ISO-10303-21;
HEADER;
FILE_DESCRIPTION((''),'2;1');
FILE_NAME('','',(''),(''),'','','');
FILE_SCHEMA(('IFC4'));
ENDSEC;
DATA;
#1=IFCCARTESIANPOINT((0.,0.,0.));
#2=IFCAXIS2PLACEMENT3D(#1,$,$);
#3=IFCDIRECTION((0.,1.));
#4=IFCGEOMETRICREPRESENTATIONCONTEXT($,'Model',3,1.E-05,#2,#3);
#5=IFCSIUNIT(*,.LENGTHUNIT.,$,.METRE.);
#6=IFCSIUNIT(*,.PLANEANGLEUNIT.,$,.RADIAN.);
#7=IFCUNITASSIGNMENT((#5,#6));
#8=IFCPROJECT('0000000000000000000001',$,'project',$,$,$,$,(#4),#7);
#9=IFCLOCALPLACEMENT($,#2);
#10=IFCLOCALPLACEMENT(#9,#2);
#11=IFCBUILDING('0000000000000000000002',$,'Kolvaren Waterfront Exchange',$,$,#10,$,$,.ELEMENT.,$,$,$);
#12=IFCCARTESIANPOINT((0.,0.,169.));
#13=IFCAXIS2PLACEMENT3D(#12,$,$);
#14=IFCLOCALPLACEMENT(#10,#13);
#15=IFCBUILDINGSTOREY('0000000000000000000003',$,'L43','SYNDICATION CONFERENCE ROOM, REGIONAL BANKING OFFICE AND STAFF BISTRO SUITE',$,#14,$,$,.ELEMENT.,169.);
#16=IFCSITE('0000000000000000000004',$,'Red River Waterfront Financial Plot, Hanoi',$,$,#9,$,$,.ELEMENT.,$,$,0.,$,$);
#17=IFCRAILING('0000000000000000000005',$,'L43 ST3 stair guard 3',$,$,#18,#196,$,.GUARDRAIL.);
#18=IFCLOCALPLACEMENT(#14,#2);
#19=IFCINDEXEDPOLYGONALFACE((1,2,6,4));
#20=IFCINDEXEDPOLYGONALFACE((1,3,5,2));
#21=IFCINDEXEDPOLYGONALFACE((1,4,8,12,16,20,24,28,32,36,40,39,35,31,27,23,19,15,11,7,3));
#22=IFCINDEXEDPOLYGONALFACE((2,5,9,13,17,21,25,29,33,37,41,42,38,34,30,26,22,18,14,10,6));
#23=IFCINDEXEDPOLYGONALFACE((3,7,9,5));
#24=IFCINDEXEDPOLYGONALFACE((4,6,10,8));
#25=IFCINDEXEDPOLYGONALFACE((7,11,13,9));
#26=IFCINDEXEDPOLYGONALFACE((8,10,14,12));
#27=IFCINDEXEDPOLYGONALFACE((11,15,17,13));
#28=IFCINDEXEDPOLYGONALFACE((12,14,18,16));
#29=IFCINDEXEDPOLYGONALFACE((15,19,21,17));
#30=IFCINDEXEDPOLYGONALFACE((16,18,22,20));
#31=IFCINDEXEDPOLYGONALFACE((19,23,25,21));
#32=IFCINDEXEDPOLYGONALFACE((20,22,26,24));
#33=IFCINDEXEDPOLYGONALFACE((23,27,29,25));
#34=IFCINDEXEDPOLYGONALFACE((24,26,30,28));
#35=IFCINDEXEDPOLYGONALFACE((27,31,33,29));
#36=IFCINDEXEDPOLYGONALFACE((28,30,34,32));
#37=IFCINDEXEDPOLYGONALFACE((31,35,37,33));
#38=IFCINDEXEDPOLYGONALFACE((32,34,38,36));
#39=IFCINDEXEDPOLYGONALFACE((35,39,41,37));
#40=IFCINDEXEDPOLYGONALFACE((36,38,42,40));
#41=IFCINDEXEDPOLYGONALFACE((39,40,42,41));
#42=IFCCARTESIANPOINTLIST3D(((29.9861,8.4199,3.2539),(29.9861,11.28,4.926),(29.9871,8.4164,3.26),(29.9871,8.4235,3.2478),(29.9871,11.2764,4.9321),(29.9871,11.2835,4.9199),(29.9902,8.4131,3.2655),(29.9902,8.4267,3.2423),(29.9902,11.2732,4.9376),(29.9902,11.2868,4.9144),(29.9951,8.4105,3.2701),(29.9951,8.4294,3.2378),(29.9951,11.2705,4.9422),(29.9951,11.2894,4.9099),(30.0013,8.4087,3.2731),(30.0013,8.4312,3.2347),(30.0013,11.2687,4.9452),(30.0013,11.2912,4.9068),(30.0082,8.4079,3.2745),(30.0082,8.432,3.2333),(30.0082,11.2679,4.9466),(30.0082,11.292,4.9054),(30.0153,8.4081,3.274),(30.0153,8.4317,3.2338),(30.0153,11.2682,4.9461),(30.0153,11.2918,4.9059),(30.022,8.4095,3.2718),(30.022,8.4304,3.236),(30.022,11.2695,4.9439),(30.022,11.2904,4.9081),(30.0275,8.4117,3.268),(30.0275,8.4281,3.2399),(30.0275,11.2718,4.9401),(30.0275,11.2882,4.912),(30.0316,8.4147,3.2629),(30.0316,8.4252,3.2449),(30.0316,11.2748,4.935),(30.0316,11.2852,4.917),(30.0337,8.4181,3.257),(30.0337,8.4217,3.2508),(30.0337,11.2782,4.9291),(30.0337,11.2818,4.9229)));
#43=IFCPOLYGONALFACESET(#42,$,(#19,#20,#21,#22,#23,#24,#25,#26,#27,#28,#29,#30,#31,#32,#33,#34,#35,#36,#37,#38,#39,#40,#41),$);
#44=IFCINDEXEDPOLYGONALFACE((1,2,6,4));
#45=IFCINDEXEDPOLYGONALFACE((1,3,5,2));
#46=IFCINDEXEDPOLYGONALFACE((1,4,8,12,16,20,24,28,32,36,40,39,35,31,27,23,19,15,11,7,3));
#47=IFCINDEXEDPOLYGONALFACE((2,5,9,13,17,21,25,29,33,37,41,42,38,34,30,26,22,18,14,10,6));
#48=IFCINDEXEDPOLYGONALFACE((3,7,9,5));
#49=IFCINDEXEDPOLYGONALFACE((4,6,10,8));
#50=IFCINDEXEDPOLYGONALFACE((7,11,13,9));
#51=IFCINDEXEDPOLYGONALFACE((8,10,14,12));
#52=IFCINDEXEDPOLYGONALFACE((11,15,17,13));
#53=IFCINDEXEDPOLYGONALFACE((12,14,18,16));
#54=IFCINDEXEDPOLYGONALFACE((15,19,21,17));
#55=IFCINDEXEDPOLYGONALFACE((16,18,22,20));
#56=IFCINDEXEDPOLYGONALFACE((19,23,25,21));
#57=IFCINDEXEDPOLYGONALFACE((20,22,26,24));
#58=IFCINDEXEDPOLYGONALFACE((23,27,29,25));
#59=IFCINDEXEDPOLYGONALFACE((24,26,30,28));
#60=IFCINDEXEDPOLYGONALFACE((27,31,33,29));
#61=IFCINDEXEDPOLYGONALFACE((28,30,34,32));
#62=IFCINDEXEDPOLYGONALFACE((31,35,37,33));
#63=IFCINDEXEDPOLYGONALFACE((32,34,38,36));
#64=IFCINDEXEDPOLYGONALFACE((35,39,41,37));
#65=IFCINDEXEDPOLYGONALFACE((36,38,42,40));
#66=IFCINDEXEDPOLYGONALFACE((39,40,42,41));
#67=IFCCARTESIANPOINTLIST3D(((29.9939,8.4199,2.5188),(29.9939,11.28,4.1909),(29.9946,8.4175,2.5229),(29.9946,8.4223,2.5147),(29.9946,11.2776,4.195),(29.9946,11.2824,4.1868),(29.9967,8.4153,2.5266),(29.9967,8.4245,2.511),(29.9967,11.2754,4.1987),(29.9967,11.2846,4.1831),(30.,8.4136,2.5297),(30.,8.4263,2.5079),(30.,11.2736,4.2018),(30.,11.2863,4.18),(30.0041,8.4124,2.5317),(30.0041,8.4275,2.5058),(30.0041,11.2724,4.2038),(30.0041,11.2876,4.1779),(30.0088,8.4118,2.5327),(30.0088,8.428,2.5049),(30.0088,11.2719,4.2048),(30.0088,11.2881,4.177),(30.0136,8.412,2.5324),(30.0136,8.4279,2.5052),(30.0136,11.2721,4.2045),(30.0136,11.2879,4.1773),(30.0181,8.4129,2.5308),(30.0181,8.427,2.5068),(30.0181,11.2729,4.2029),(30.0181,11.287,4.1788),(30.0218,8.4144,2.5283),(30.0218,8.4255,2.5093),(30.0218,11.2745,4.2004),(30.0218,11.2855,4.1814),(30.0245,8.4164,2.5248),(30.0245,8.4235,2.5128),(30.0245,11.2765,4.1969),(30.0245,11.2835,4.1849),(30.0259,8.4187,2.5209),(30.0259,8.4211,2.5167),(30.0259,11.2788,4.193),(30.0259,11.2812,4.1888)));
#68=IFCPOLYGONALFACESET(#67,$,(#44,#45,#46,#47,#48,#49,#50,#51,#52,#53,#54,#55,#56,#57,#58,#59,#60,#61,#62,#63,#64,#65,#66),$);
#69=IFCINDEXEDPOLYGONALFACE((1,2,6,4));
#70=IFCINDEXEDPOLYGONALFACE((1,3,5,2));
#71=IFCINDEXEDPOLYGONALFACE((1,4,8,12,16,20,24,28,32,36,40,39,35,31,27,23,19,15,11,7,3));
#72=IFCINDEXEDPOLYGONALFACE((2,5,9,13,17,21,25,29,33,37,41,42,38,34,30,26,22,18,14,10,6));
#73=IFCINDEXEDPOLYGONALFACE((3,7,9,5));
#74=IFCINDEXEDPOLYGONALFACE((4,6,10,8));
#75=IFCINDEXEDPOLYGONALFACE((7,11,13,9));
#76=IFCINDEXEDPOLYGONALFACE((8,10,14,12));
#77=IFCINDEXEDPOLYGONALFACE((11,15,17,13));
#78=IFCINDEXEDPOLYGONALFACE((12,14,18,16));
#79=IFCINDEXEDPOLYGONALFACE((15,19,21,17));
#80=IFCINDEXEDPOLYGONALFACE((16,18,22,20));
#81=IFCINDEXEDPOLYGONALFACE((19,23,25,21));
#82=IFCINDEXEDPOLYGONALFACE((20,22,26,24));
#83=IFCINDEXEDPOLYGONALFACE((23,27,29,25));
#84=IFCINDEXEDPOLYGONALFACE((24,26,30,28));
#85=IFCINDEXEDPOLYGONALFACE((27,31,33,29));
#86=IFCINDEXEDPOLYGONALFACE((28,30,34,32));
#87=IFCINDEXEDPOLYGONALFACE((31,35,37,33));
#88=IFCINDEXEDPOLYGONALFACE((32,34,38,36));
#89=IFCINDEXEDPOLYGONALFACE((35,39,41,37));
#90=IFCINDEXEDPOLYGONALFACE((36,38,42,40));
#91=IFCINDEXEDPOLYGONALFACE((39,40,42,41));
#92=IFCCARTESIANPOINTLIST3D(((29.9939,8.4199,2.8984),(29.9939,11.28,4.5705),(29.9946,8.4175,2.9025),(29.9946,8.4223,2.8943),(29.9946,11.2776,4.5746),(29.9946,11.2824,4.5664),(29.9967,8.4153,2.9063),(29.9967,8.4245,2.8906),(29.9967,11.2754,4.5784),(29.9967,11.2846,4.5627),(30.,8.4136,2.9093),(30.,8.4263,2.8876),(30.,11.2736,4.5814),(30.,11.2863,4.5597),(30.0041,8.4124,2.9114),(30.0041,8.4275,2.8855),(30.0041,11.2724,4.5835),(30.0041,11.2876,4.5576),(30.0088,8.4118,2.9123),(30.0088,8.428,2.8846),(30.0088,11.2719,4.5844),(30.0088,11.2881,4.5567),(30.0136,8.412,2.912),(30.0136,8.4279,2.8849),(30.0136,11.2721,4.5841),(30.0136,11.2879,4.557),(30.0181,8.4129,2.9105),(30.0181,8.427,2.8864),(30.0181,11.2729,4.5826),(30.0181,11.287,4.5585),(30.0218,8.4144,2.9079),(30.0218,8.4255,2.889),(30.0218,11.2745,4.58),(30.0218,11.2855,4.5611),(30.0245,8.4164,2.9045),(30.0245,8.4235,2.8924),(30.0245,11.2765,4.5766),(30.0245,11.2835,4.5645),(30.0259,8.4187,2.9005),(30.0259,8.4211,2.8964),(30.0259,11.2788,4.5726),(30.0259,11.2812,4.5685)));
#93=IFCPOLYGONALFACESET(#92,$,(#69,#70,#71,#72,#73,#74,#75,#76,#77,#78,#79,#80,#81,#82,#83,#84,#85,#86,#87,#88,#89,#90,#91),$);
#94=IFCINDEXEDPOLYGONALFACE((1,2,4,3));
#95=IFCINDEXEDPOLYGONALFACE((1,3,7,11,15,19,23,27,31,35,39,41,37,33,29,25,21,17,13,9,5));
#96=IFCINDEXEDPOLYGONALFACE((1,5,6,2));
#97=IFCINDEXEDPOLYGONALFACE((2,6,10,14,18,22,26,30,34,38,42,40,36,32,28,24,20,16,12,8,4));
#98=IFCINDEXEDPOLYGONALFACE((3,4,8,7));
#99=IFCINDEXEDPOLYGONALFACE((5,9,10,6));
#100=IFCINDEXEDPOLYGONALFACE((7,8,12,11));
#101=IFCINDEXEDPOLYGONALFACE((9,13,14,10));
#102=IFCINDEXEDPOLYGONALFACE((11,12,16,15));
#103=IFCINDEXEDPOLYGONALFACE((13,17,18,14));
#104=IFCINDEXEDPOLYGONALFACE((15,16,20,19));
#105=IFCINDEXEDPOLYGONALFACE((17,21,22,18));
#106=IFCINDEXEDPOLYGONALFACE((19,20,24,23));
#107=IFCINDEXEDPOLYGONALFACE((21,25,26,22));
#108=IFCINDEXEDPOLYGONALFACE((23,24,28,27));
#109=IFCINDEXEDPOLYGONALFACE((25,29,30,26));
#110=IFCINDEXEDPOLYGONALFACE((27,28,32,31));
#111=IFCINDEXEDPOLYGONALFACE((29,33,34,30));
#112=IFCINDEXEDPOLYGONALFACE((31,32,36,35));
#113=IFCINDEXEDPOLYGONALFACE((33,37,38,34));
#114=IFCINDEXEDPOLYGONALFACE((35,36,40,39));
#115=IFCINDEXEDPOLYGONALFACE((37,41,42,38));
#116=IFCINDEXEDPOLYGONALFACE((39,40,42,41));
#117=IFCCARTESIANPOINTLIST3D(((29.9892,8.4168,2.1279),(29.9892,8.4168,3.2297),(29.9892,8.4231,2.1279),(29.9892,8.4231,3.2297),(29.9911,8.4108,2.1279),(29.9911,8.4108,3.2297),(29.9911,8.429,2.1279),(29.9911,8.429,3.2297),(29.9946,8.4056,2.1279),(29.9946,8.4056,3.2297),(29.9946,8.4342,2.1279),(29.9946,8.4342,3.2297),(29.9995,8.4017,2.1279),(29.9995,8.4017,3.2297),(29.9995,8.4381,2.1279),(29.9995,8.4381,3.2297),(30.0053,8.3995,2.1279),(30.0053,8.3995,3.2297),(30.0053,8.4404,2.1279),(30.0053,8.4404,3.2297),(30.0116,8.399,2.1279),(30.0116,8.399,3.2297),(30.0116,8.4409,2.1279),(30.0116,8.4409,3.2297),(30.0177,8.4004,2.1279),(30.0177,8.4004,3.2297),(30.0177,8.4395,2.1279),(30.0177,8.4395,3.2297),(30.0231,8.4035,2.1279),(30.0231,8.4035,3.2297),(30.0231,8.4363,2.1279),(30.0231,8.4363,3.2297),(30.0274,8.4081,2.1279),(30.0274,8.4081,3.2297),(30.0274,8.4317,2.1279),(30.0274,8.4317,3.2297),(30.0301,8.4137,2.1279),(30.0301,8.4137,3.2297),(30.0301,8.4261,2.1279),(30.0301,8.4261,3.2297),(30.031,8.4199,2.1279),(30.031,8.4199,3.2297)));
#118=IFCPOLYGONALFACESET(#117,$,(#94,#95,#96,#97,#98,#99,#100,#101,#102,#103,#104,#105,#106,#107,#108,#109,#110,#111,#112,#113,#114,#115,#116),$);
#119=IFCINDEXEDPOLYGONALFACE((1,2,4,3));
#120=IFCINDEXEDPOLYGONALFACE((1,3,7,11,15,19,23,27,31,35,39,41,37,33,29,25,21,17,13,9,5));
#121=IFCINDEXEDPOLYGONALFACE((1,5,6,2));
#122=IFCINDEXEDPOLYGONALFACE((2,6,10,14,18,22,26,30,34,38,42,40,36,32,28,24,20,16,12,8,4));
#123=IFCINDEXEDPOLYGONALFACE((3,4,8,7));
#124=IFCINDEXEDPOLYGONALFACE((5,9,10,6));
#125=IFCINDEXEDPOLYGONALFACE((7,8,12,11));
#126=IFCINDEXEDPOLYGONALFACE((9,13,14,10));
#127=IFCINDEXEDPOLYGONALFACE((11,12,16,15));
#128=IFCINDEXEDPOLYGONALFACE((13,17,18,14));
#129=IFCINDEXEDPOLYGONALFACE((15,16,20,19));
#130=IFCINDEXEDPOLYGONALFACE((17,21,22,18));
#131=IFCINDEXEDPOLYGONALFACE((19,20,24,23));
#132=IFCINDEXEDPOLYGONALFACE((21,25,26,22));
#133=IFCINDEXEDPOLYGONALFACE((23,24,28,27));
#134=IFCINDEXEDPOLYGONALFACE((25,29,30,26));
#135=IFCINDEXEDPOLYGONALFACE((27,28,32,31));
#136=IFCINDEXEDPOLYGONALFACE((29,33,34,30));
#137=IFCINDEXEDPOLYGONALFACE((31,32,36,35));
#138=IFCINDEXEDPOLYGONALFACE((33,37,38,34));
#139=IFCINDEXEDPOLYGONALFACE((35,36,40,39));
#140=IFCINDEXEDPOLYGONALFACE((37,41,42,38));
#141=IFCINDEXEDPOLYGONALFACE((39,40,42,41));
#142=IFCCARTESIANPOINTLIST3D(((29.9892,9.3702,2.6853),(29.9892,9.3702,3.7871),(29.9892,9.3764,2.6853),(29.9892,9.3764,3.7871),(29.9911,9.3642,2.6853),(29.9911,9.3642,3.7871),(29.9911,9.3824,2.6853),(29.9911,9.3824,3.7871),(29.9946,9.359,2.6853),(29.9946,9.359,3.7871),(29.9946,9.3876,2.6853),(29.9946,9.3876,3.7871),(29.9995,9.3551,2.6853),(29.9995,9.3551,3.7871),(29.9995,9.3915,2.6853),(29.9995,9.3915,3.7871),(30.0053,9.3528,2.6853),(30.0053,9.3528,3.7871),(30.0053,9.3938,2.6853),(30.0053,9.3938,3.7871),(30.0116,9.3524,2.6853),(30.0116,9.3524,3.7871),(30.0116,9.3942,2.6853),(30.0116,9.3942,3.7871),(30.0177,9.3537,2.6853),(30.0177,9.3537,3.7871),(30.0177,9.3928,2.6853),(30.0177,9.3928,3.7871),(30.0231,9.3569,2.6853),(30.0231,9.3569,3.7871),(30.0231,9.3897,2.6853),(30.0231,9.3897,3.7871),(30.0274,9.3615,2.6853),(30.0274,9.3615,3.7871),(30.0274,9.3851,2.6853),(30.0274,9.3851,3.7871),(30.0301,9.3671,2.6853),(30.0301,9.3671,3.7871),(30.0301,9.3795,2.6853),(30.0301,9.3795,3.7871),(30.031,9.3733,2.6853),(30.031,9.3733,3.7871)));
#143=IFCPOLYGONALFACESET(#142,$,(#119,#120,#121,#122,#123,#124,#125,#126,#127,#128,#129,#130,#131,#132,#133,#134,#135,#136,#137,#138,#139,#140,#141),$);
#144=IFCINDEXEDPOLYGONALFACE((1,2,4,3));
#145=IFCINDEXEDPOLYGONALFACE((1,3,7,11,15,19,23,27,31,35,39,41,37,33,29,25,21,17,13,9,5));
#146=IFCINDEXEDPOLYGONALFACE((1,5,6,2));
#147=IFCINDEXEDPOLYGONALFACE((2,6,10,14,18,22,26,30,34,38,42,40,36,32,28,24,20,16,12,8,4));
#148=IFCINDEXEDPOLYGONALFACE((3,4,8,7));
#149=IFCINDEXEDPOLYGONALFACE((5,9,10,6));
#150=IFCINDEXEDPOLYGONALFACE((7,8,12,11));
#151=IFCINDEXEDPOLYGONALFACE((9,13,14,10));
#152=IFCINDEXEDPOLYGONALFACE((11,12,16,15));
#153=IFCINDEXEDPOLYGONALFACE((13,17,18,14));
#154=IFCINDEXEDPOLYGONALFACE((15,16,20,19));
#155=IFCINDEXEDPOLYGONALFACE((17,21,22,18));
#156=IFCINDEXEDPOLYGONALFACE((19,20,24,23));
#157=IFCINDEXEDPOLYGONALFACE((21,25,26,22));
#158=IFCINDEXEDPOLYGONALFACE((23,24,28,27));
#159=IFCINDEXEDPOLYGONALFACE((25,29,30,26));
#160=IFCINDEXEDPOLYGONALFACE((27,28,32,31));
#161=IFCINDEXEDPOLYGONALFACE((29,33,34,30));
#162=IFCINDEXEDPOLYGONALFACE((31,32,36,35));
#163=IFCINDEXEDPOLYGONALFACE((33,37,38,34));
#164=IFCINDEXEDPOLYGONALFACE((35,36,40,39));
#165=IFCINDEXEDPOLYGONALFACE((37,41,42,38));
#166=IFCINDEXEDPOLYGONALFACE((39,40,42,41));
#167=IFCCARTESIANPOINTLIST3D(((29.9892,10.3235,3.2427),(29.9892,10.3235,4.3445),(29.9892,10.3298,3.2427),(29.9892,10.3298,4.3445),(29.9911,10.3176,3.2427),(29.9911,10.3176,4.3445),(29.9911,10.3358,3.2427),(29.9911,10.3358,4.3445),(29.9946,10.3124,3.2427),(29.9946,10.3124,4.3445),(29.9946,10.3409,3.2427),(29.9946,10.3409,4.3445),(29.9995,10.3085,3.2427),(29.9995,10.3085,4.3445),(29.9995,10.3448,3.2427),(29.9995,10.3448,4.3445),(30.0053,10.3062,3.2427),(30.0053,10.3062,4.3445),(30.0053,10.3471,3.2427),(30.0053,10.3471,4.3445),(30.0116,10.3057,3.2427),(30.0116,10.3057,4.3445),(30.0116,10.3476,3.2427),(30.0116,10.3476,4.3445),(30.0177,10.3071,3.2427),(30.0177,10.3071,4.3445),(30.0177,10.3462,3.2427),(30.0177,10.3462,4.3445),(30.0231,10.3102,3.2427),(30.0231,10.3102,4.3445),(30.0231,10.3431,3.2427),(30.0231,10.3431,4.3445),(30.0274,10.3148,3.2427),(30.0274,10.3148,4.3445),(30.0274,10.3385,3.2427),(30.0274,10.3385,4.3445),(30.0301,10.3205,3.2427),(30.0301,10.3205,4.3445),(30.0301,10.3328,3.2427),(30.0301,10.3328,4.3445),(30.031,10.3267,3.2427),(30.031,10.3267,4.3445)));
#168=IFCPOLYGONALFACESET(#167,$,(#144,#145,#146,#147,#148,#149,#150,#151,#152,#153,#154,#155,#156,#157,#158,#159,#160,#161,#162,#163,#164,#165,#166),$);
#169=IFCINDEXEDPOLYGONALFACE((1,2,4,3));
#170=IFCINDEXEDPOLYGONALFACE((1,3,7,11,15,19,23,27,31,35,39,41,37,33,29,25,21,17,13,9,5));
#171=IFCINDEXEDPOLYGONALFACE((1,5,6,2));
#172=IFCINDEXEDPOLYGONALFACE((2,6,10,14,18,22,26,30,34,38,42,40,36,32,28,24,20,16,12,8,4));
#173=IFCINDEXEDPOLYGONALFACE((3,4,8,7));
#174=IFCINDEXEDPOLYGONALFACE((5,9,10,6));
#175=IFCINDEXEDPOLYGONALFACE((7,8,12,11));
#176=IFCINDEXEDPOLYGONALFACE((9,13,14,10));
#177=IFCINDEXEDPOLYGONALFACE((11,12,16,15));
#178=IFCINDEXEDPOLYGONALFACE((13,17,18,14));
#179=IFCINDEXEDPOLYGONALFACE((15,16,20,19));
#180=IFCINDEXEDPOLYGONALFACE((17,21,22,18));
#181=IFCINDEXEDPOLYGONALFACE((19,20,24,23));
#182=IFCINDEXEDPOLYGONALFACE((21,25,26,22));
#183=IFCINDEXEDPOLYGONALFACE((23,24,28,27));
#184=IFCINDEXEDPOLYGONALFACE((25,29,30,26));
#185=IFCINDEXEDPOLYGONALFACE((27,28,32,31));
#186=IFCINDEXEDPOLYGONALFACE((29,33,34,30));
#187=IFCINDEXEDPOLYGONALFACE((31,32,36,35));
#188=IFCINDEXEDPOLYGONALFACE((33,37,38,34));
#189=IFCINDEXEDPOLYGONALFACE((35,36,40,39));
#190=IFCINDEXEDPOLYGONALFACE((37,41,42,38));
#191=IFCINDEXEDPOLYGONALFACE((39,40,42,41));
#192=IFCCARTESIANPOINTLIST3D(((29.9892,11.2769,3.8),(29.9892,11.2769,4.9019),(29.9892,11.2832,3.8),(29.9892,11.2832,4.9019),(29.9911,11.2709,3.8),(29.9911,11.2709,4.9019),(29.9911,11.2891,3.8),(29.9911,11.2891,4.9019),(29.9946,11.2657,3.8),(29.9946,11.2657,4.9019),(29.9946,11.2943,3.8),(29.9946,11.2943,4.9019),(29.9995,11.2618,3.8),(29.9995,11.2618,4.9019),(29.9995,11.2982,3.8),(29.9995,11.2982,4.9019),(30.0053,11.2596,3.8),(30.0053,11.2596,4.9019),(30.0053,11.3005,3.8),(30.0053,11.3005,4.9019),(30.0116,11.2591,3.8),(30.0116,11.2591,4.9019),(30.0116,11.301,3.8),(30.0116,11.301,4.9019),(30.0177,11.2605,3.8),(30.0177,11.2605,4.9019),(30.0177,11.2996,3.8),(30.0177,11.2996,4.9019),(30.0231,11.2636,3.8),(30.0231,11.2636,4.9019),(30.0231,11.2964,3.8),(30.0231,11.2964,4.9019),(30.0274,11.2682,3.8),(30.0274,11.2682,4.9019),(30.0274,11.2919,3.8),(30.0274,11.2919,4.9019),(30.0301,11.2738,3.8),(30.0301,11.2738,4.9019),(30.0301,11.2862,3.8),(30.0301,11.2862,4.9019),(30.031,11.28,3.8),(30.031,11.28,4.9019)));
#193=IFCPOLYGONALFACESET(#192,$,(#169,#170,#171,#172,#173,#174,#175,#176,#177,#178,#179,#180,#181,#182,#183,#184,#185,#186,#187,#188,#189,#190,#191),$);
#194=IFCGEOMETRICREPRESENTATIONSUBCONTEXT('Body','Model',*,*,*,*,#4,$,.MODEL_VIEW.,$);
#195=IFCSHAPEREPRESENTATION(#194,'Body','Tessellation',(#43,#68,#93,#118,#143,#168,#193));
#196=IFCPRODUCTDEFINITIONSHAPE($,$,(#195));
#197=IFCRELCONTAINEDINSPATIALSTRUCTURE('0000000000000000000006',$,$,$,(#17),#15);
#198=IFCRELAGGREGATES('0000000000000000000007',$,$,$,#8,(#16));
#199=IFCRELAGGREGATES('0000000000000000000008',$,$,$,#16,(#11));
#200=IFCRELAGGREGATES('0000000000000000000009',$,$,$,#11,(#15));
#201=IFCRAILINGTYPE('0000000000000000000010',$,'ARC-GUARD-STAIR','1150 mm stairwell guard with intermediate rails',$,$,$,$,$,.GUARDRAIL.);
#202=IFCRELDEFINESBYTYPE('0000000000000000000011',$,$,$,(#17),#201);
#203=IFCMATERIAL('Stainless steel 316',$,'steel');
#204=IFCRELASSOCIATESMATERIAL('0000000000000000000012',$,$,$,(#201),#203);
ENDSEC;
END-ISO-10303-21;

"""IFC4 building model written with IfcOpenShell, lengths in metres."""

from ifc_helpers import new_model, si_unit, direction, frame, origin, origin_2d, place, context, subcontext, project, spatial, circle, extrude, material, type_object, element, save


model = new_model("IFC4")

# Units and contexts
model_context = context("Model", 3, precision=1e-05, world=origin(), true_north=direction((0.0, 1.0)))
body_context = subcontext(model_context, "Body", "Model", "MODEL_VIEW")
ifc_project = project(units=[si_unit("LENGTHUNIT", "METRE"), si_unit("PLANEANGLEUNIT", "RADIAN")], contexts=[model_context])

# Site, building, storey
site_placement = place(None, origin())
site = spatial("IfcSite", under=ifc_project, at=site_placement, Name="Red River Waterfront Financial Plot, Hanoi", CompositionType="ELEMENT", RefElevation=0.0)
building_placement = place(site_placement, origin())
building = spatial("IfcBuilding", under=site, at=building_placement, Name="Kolvaren Waterfront Exchange", CompositionType="ELEMENT")
storey_placement = place(building_placement, frame((0.0, 0.0, 169.0)))
storey = spatial("IfcBuildingStorey", under=building, at=storey_placement, Name="L43", Description="SYNDICATION CONFERENCE ROOM, REGIONAL BANKING OFFICE AND STAFF BISTRO SUITE", CompositionType="ELEMENT", Elevation=169.0)

# Railing
ifc_material_1 = material(Name="Stainless steel 316", Category="steel")
railing_type_1 = type_object("IfcRailingType", Name="ARC-GUARD-STAIR", Description="1150 mm stairwell guard with intermediate rails", PredefinedType="GUARDRAIL", material=ifc_material_1)
railing_1_placement = place(storey_placement, frame((30.01, 8.4199, 2.1279)))
element("IfcRailing", 1, at=railing_1_placement, inside=storey, type_object=railing_type_1, Name="L43 ST3 stair guard 3", PredefinedType="GUARDRAIL", context=body_context, shape_type="SweptSolid", body=[
    extrude(circle(Radius=0.0239, at=origin_2d()), frame((0.0, 0.0, 1.126), z_axis=(0.0, 0.863289, 0.504709), x_axis=(-1.0, 0.0, 0.0)), (0.0, 0.0, 1.0), 3.313),
    extrude(circle(Radius=0.0161, at=origin_2d()), frame((0.0, 0.0, 0.3909), z_axis=(0.0, 0.863289, 0.504709), x_axis=(-1.0, 0.0, 0.0)), (0.0, 0.0, 1.0), 3.313),
    extrude(circle(Radius=0.0161, at=origin_2d()), frame((0.0, 0.0, 0.7705), z_axis=(0.0, 0.863289, 0.504709), x_axis=(-1.0, 0.0, 0.0)), (0.0, 0.0, 1.0), 3.313),
    extrude(circle(Radius=0.021, at=origin_2d()), origin(), (0.0, 0.0, 1.0), 1.1018),
    extrude(circle(Radius=0.021, at=origin_2d()), frame((0.0, 0.9534, 0.5574)), (0.0, 0.0, 1.0), 1.1018),
    extrude(circle(Radius=0.021, at=origin_2d()), frame((0.0, 1.9067, 1.1147)), (0.0, 0.0, 1.0), 1.1018),
    extrude(circle(Radius=0.021, at=origin_2d()), frame((0.0, 2.8601, 1.6721)), (0.0, 0.0, 1.0), 1.1018),
])

save(model, "model.ifc")
